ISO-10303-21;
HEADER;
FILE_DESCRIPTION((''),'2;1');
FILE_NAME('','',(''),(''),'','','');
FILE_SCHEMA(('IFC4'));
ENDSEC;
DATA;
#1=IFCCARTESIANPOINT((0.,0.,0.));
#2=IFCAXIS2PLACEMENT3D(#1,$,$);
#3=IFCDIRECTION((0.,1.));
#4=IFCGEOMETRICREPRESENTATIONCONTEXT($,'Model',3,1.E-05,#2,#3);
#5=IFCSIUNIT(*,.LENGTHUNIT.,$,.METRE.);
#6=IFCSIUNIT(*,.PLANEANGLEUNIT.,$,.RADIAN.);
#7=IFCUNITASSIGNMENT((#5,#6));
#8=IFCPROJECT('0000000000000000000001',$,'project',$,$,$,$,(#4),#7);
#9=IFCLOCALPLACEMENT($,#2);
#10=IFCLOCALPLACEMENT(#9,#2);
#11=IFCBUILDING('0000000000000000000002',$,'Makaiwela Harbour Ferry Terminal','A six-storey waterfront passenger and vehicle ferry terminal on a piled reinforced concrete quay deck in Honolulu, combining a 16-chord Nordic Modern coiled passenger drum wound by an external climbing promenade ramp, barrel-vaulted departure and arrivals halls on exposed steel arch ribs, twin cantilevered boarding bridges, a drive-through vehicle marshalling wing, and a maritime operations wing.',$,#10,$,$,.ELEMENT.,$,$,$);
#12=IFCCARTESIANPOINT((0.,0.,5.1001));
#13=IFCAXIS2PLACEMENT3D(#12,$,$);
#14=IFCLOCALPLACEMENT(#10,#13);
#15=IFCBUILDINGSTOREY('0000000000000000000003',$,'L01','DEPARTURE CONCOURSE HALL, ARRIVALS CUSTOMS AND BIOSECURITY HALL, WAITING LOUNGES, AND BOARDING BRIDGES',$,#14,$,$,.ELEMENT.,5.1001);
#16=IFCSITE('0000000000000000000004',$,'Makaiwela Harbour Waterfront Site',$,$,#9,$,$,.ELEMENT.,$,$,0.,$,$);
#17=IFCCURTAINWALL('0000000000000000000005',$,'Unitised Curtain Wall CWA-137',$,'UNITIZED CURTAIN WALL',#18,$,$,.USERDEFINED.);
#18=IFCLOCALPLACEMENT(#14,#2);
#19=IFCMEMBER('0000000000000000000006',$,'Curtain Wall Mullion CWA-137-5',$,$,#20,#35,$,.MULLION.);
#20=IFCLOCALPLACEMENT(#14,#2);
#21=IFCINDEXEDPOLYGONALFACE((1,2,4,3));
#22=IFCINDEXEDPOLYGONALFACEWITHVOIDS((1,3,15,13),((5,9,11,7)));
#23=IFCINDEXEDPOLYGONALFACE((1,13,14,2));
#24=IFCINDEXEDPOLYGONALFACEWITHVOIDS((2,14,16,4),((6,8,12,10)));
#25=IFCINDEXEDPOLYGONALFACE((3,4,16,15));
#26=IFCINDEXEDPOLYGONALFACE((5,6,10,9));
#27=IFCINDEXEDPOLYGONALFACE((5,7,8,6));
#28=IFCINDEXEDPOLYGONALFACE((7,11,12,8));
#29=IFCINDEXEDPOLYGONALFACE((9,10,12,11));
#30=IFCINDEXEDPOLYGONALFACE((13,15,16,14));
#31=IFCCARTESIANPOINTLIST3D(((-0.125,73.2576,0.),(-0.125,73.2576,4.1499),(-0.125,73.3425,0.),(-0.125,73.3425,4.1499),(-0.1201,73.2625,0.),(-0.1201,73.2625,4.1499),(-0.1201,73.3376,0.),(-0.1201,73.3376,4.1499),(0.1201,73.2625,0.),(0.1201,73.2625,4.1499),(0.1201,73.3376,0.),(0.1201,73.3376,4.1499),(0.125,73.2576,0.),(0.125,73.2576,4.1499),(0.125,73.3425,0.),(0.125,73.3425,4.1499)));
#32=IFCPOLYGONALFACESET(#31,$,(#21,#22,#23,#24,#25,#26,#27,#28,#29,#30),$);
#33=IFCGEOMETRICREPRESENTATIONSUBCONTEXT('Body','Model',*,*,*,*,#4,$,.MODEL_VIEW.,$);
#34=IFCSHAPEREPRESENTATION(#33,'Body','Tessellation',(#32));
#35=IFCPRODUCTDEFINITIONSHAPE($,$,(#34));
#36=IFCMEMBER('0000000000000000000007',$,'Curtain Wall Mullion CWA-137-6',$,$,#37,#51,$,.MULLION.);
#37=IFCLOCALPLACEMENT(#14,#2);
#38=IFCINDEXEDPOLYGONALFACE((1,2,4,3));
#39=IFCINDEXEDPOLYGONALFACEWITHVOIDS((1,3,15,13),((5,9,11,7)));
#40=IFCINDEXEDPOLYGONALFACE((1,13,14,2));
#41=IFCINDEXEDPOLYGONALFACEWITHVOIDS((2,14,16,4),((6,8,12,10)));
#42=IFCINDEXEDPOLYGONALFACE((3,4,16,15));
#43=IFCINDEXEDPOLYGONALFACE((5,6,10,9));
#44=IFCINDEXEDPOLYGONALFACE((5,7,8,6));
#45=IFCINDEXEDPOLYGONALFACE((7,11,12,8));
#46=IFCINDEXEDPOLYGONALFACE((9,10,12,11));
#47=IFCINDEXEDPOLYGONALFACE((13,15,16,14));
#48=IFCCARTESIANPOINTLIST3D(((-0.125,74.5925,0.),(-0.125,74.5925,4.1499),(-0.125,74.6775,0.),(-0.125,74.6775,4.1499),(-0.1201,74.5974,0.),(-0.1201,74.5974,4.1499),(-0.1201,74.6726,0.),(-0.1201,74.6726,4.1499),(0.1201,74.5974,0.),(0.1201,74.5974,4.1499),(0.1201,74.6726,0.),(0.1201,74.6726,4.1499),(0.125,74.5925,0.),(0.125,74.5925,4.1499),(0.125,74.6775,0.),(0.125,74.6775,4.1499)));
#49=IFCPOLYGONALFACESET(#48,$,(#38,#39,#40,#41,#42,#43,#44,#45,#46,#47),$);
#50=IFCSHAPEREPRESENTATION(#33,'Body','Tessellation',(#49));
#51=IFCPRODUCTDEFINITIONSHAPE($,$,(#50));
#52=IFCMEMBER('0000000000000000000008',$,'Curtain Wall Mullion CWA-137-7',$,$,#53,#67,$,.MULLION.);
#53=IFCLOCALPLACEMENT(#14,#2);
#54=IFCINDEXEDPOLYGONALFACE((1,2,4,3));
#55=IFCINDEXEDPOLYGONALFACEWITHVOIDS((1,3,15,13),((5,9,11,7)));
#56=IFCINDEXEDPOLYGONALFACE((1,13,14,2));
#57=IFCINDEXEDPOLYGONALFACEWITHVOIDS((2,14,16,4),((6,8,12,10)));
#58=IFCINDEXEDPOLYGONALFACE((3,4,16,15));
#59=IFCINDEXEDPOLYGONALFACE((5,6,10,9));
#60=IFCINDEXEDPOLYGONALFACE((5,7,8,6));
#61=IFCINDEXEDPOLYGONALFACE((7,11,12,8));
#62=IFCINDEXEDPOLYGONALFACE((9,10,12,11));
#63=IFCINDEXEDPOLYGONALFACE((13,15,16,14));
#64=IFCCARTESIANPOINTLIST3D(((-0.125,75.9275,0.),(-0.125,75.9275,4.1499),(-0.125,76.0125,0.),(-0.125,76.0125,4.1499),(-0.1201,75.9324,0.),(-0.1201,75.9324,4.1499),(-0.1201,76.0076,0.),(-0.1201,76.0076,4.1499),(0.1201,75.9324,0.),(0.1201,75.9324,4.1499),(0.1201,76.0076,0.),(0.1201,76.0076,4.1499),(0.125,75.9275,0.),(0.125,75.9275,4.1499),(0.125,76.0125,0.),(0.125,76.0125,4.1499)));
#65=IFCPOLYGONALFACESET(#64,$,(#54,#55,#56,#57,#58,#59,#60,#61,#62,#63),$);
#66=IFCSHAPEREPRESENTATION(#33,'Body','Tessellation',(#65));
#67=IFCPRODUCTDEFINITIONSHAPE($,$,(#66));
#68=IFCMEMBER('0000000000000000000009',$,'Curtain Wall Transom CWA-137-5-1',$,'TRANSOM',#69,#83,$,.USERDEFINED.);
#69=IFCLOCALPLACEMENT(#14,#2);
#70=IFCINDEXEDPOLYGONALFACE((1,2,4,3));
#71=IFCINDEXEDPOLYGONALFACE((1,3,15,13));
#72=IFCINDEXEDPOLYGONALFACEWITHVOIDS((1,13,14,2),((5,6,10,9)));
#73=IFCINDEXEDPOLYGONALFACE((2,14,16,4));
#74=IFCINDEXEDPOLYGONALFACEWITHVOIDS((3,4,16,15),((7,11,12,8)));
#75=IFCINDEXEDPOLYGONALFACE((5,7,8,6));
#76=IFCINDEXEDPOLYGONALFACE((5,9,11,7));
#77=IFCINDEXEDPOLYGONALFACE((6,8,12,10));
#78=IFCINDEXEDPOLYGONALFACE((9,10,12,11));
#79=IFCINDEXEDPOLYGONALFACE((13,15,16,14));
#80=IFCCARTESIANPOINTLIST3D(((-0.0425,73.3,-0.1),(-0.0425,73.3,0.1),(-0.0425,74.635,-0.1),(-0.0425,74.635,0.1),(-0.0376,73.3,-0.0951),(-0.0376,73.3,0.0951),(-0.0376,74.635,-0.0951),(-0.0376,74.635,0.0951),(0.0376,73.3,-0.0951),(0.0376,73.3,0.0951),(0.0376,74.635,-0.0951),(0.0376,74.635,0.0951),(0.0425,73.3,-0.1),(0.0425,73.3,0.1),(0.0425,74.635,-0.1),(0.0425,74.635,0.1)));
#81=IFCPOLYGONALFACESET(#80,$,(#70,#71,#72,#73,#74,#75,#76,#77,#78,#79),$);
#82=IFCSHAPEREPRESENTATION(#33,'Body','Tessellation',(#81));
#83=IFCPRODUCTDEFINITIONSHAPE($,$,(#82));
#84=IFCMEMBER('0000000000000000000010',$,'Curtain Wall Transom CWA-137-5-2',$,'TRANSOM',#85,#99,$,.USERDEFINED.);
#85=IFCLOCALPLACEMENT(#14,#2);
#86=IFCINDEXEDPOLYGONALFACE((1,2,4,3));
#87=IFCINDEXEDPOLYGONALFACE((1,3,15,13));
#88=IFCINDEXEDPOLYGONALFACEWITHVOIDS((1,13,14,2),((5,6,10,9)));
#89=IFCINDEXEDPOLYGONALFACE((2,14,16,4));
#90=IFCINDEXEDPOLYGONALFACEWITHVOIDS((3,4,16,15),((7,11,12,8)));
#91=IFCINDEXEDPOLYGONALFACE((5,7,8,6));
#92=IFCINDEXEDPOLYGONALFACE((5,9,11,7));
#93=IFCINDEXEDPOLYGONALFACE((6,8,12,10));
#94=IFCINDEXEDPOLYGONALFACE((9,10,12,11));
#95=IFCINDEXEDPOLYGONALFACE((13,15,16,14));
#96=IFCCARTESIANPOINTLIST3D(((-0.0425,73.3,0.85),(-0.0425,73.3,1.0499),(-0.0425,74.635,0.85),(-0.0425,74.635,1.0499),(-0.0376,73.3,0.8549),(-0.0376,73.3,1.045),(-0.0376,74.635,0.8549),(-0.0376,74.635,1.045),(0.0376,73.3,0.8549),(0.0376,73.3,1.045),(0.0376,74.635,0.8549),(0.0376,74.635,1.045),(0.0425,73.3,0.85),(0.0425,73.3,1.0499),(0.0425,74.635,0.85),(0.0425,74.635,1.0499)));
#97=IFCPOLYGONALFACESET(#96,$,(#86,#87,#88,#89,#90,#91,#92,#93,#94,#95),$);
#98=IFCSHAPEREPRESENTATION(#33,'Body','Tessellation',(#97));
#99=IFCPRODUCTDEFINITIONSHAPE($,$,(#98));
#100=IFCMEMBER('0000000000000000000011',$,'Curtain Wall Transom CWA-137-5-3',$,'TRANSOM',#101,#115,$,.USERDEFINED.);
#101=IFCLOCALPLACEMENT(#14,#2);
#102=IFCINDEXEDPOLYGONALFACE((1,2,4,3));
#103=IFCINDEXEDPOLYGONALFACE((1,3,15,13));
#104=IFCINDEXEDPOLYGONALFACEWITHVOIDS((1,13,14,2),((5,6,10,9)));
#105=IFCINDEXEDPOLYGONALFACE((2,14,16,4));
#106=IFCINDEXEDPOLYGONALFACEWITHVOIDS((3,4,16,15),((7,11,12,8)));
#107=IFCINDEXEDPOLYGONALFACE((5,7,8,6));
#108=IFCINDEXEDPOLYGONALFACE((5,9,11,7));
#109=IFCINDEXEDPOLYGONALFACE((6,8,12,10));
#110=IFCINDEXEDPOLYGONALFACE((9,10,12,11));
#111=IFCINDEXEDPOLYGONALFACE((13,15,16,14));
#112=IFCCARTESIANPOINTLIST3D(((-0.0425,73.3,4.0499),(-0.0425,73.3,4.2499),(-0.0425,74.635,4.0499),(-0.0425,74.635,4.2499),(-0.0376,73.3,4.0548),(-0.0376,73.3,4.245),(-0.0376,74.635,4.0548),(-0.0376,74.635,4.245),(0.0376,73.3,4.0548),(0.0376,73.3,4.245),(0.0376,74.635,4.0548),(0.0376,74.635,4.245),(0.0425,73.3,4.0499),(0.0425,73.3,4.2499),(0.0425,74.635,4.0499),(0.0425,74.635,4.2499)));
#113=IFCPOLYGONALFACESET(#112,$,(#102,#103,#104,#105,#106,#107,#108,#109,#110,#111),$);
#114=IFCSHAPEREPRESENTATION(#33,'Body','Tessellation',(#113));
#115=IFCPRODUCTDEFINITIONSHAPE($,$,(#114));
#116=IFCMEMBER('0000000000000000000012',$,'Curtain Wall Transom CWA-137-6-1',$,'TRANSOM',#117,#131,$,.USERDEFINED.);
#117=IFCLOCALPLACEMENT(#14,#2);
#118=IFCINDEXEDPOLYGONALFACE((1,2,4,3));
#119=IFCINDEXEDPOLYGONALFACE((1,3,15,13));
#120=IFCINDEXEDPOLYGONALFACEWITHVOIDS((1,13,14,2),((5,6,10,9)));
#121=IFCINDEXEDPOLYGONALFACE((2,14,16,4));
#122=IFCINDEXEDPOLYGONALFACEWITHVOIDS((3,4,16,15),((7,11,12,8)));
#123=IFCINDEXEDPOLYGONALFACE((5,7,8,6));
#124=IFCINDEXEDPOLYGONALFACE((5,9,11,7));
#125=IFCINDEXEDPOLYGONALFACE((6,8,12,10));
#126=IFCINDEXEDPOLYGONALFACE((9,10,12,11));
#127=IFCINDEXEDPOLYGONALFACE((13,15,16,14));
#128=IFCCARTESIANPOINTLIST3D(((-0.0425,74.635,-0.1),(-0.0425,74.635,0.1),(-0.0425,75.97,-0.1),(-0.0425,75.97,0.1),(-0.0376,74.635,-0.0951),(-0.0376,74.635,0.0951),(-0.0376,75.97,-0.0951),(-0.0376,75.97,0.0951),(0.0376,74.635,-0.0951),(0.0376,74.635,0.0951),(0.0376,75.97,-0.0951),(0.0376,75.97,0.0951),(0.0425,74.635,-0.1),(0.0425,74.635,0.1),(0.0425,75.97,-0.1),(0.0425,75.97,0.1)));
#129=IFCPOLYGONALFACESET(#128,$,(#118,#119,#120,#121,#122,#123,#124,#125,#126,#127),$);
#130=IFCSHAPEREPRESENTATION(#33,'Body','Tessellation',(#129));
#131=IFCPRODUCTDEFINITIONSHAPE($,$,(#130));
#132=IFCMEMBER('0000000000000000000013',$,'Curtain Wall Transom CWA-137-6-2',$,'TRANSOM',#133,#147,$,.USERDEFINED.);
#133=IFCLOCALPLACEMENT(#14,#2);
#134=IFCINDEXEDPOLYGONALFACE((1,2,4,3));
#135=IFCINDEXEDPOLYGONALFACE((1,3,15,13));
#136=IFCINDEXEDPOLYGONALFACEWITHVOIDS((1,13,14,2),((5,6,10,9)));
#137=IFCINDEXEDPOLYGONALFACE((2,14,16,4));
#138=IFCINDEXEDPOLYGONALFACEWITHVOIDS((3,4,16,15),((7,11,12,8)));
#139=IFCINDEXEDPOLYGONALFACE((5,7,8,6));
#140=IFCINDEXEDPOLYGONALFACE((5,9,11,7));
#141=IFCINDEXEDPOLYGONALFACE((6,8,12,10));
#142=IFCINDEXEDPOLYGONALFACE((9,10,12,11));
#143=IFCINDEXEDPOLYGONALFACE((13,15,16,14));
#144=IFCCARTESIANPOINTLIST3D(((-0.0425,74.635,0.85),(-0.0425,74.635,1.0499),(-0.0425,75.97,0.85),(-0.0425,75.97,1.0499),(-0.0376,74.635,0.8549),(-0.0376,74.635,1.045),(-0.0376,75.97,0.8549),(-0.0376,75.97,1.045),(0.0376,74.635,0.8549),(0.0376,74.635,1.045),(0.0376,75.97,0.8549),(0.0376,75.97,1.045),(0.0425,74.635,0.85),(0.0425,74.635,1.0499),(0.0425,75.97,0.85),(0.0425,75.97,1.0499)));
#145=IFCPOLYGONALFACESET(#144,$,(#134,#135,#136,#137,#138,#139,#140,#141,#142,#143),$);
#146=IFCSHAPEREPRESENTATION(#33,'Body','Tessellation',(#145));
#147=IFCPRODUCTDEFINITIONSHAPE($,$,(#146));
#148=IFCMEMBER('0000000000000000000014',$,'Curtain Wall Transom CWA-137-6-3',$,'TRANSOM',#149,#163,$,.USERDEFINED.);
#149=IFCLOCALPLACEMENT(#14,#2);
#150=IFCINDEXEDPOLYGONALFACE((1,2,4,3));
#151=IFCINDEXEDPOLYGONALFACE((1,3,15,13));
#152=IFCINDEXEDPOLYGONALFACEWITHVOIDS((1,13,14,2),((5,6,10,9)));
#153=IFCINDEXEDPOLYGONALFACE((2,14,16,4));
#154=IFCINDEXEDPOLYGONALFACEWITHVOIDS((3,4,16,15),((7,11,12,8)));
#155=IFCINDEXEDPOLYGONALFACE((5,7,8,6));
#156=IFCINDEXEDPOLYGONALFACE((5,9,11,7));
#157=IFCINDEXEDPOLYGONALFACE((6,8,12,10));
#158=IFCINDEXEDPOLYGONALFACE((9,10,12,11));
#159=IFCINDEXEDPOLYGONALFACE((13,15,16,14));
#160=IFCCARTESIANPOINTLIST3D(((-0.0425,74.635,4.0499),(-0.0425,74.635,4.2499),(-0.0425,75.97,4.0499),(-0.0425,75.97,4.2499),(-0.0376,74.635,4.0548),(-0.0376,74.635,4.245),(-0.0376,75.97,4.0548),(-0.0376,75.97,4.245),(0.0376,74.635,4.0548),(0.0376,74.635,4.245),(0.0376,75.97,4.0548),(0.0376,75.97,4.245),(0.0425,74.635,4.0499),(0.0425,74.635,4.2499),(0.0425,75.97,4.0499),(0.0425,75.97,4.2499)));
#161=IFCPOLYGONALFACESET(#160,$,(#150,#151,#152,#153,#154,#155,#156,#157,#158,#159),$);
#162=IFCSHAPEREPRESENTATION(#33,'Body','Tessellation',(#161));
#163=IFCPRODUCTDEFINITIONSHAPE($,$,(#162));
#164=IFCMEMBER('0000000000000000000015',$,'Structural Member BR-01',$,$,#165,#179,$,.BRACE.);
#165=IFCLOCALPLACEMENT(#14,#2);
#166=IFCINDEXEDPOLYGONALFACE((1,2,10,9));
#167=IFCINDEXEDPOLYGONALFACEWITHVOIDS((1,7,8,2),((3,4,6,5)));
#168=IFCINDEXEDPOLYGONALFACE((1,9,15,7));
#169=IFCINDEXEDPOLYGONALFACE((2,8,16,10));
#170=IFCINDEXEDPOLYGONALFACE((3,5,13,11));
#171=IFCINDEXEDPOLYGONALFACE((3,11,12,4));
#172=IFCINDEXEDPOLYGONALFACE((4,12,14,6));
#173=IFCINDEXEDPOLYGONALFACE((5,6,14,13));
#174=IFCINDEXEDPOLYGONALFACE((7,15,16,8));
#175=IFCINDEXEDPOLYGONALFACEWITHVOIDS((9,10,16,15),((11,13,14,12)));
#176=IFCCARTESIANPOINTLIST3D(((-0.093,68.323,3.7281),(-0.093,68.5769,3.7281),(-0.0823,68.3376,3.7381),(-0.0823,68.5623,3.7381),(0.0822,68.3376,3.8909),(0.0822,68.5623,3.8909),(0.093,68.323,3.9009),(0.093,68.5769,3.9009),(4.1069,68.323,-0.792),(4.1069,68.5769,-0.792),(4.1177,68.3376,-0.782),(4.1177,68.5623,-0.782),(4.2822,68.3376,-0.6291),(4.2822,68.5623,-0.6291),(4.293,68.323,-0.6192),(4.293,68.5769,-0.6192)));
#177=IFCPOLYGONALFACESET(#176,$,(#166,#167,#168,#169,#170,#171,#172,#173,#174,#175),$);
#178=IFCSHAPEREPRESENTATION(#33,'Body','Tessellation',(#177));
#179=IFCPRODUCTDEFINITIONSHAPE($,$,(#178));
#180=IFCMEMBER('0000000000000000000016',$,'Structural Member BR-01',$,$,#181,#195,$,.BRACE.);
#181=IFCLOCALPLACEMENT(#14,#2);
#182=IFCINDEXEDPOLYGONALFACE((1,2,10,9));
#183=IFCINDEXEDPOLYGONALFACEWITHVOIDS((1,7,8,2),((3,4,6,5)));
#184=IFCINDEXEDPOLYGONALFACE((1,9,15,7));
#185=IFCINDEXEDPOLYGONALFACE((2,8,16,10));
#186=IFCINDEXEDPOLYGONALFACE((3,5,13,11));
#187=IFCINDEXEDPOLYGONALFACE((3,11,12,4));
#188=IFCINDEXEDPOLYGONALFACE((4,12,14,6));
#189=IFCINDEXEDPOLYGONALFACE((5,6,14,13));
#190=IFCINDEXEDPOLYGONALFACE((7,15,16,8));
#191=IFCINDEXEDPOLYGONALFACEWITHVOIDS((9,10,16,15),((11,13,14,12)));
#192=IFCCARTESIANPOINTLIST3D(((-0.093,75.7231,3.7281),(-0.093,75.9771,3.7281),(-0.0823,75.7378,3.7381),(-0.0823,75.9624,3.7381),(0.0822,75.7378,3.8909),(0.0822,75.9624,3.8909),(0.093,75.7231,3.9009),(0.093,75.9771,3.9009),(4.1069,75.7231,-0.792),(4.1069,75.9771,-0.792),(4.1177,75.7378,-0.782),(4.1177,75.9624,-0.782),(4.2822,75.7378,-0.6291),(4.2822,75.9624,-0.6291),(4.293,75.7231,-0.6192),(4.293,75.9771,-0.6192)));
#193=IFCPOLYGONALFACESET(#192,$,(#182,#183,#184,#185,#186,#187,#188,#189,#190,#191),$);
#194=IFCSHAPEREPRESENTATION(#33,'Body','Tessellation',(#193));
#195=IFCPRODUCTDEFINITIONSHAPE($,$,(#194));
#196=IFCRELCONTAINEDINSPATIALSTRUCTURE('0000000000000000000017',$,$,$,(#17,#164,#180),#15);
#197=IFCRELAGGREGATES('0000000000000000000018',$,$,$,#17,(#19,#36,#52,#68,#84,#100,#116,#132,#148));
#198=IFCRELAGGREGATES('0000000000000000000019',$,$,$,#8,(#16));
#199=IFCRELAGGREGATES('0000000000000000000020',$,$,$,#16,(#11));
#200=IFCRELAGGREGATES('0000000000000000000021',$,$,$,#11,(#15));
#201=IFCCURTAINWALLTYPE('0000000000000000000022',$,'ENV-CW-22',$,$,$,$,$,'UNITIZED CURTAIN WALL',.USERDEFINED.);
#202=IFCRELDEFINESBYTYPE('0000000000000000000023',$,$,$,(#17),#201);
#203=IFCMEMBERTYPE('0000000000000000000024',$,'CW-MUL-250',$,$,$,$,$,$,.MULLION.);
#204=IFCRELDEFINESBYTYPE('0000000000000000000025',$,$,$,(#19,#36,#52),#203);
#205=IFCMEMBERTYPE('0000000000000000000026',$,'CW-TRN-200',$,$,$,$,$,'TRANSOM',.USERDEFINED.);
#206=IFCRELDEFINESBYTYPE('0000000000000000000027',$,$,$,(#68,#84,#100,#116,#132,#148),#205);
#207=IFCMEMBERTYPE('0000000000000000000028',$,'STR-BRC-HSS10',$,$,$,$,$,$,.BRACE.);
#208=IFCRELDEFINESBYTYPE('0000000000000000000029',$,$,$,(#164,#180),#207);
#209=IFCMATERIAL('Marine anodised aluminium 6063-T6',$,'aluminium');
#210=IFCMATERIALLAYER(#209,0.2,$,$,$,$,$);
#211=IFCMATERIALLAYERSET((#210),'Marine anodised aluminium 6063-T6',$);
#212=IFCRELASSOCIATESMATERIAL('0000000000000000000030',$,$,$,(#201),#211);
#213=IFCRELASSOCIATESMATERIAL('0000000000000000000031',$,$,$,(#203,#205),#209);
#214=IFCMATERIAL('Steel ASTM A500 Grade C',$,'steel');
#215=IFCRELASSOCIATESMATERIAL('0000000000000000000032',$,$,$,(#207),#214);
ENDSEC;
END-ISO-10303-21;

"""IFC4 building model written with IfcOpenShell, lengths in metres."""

from ifc_helpers import new_model, si_unit, direction, frame, origin, origin_2d, place, context, subcontext, project, spatial, hollow_rectangle, extrude, material, layer, layer_set, material_profile, profile_set, type_object, element, aggregate, save


model = new_model("IFC4")

# Units and contexts
model_context = context("Model", 3, precision=1e-05, world=origin(), true_north=direction((0.0, 1.0)))
body_context = subcontext(model_context, "Body", "Model", "MODEL_VIEW")
ifc_project = project(units=[si_unit("LENGTHUNIT", "METRE"), si_unit("PLANEANGLEUNIT", "RADIAN")], contexts=[model_context])

# Site, building, storey
site_placement = place(None, origin())
site = spatial("IfcSite", under=ifc_project, at=site_placement, Name="Makaiwela Harbour Waterfront Site", CompositionType="ELEMENT", RefElevation=0.0)
building_placement = place(site_placement, origin())
building = spatial("IfcBuilding", under=site, at=building_placement, Name="Makaiwela Harbour Ferry Terminal", Description="A six-storey waterfront passenger and vehicle ferry terminal on a piled reinforced concrete quay deck in Honolulu, combining a 16-chord Nordic Modern coiled passenger drum wound by an external climbing promenade ramp, barrel-vaulted departure and arrivals halls on exposed steel arch ribs, twin cantilevered boarding bridges, a drive-through vehicle marshalling wing, and a maritime operations wing.", CompositionType="ELEMENT")
storey_placement = place(building_placement, frame((0.0, 0.0, 5.1001)))
storey = spatial("IfcBuildingStorey", under=building, at=storey_placement, Name="L01", Description="DEPARTURE CONCOURSE HALL, ARRIVALS CUSTOMS AND BIOSECURITY HALL, WAITING LOUNGES, AND BOARDING BRIDGES", CompositionType="ELEMENT", Elevation=5.1001)

# Curtain wall, members
ifc_material_1 = material(Name="Marine anodised aluminium 6063-T6", Category="aluminium")
ifc_layer_1 = layer(ifc_material_1, 0.2)
ifc_layer_set_1 = layer_set([ifc_layer_1], Name="Marine anodised aluminium 6063-T6")
curtain_wall_type = type_object("IfcCurtainWallType", Name="ENV-CW-22", ElementType="UNITIZED CURTAIN WALL", PredefinedType="USERDEFINED", material=ifc_layer_set_1)
curtain_wall_placement = place(storey_placement, origin())
curtain_wall = element("IfcCurtainWall", 1, at=curtain_wall_placement, inside=storey, type_object=curtain_wall_type, Name="Unitised Curtain Wall CWA-137", ObjectType="UNITIZED CURTAIN WALL", PredefinedType="USERDEFINED")
ifc_material_profile_1 = material_profile(ifc_material_1, hollow_rectangle(XDim=0.085, YDim=0.25, WallThickness=0.0049, at=origin_2d()), Name="CWM-250X85")
ifc_profile_set_1 = profile_set([ifc_material_profile_1], Name="Marine anodised aluminium 6063-T6")
member_type_1 = type_object("IfcMemberType", Name="CW-MUL-250", PredefinedType="MULLION", material=ifc_profile_set_1)
member_1_placement = place(storey_placement, frame((0.0, 73.3, 0.0), z_axis=(0.0, 0.0, 1.0), x_axis=(0.0, 1.0, 0.0)))
member_1 = element("IfcMember", 2, at=member_1_placement, type_object=member_type_1, Name="Curtain Wall Mullion CWA-137-5", PredefinedType="MULLION", context=body_context, shape_type="SweptSolid", body=[
    extrude(hollow_rectangle(XDim=0.085, YDim=0.25, WallThickness=0.0049, at=origin_2d()), origin(), (0.0, 0.0, 1.0), 4.1499),
])
member_2_placement = place(storey_placement, frame((0.0, 74.635, 0.0), z_axis=(0.0, 0.0, 1.0), x_axis=(0.0, 1.0, 0.0)))
member_2 = element("IfcMember", 3, at=member_2_placement, type_object=member_type_1, Name="Curtain Wall Mullion CWA-137-6", PredefinedType="MULLION", context=body_context, shape_type="SweptSolid", body=[
    extrude(hollow_rectangle(XDim=0.085, YDim=0.25, WallThickness=0.0049, at=origin_2d()), origin(), (0.0, 0.0, 1.0), 4.1499),
])
member_3_placement = place(storey_placement, frame((0.0, 75.97, 0.0), z_axis=(0.0, 0.0, 1.0), x_axis=(0.0, 1.0, 0.0)))
member_3 = element("IfcMember", 4, at=member_3_placement, type_object=member_type_1, Name="Curtain Wall Mullion CWA-137-7", PredefinedType="MULLION", context=body_context, shape_type="SweptSolid", body=[
    extrude(hollow_rectangle(XDim=0.085, YDim=0.25, WallThickness=0.0049, at=origin_2d()), origin(), (0.0, 0.0, 1.0), 4.1499),
])
ifc_material_profile_2 = material_profile(ifc_material_1, hollow_rectangle(XDim=0.085, YDim=0.2, WallThickness=0.0049, at=origin_2d()), Name="CWT-200X85")
ifc_profile_set_2 = profile_set([ifc_material_profile_2], Name="Marine anodised aluminium 6063-T6")
member_type_2 = type_object("IfcMemberType", Name="CW-TRN-200", ElementType="TRANSOM", PredefinedType="USERDEFINED", material=ifc_profile_set_2)
member_4_placement = place(storey_placement, frame((0.0, 73.3, 0.0), z_axis=(0.0, 1.0, 0.0), x_axis=(-1.0, 0.0, 0.0)))
member_4 = element("IfcMember", 5, at=member_4_placement, type_object=member_type_2, Name="Curtain Wall Transom CWA-137-5-1", ObjectType="TRANSOM", PredefinedType="USERDEFINED", context=body_context, shape_type="SweptSolid", body=[
    extrude(hollow_rectangle(XDim=0.085, YDim=0.2, WallThickness=0.0049, at=origin_2d()), origin(), (0.0, 0.0, 1.0), 1.335),
])
member_5_placement = place(storey_placement, frame((0.0, 73.3, 0.95), z_axis=(0.0, 1.0, 0.0), x_axis=(-1.0, 0.0, 0.0)))
member_5 = element("IfcMember", 6, at=member_5_placement, type_object=member_type_2, Name="Curtain Wall Transom CWA-137-5-2", ObjectType="TRANSOM", PredefinedType="USERDEFINED", context=body_context, shape_type="SweptSolid", body=[
    extrude(hollow_rectangle(XDim=0.085, YDim=0.2, WallThickness=0.0049, at=origin_2d()), origin(), (0.0, 0.0, 1.0), 1.335),
])
member_6_placement = place(storey_placement, frame((0.0, 73.3, 4.1499), z_axis=(0.0, 1.0, 0.0), x_axis=(-1.0, 0.0, 0.0)))
member_6 = element("IfcMember", 7, at=member_6_placement, type_object=member_type_2, Name="Curtain Wall Transom CWA-137-5-3", ObjectType="TRANSOM", PredefinedType="USERDEFINED", context=body_context, shape_type="SweptSolid", body=[
    extrude(hollow_rectangle(XDim=0.085, YDim=0.2, WallThickness=0.0049, at=origin_2d()), origin(), (0.0, 0.0, 1.0), 1.335),
])
member_7_placement = place(storey_placement, frame((0.0, 74.635, 0.0), z_axis=(0.0, 1.0, 0.0), x_axis=(-1.0, 0.0, 0.0)))
member_7 = element("IfcMember", 8, at=member_7_placement, type_object=member_type_2, Name="Curtain Wall Transom CWA-137-6-1", ObjectType="TRANSOM", PredefinedType="USERDEFINED", context=body_context, shape_type="SweptSolid", body=[
    extrude(hollow_rectangle(XDim=0.085, YDim=0.2, WallThickness=0.0049, at=origin_2d()), origin(), (0.0, 0.0, 1.0), 1.335),
])
member_8_placement = place(storey_placement, frame((0.0, 74.635, 0.95), z_axis=(0.0, 1.0, 0.0), x_axis=(-1.0, 0.0, 0.0)))
member_8 = element("IfcMember", 9, at=member_8_placement, type_object=member_type_2, Name="Curtain Wall Transom CWA-137-6-2", ObjectType="TRANSOM", PredefinedType="USERDEFINED", context=body_context, shape_type="SweptSolid", body=[
    extrude(hollow_rectangle(XDim=0.085, YDim=0.2, WallThickness=0.0049, at=origin_2d()), origin(), (0.0, 0.0, 1.0), 1.335),
])
member_9_placement = place(storey_placement, frame((0.0, 74.635, 4.1499), z_axis=(0.0, 1.0, 0.0), x_axis=(-1.0, 0.0, 0.0)))
member_9 = element("IfcMember", 10, at=member_9_placement, type_object=member_type_2, Name="Curtain Wall Transom CWA-137-6-3", ObjectType="TRANSOM", PredefinedType="USERDEFINED", context=body_context, shape_type="SweptSolid", body=[
    extrude(hollow_rectangle(XDim=0.085, YDim=0.2, WallThickness=0.0049, at=origin_2d()), origin(), (0.0, 0.0, 1.0), 1.335),
])

# Members
ifc_material_2 = material(Name="Steel ASTM A500 Grade C", Category="steel")
ifc_material_profile_3 = material_profile(ifc_material_2, hollow_rectangle(XDim=0.2539, YDim=0.2539, WallThickness=0.0146, at=origin_2d()), Name="HSS10X10X5/8")
ifc_profile_set_3 = profile_set([ifc_material_profile_3], Name="Steel ASTM A500 Grade C")
member_type_3 = type_object("IfcMemberType", Name="STR-BRC-HSS10", PredefinedType="BRACE", material=ifc_profile_set_3)
for number, where, z_axis, x_axis, name in (
    (11, (4.2, 68.45, -0.7056), (-0.680694, 0.0, 0.732568), (0.0, -1.0, 0.0), "Structural Member BR-01"),
    (12, (4.2, 75.8501, -0.7056), (-0.680694, 0.0, 0.732568), (0.0, -1.0, 0.0), "Structural Member BR-01"),
):
    element("IfcMember", number, at=place(storey_placement, frame(where, z_axis=z_axis, x_axis=x_axis)), inside=storey, type_object=member_type_3, Name=name, PredefinedType="BRACE", context=body_context, shape_type="SweptSolid", body=[
        extrude(hollow_rectangle(XDim=0.2539, YDim=0.2539, WallThickness=0.0146, at=origin_2d()), origin(), (0.0, 0.0, 1.0), 6.1702),
    ])

aggregate(curtain_wall, [member_1, member_2, member_3, member_4, member_5, member_6, member_7, member_8, member_9])

save(model, "model.ifc")
